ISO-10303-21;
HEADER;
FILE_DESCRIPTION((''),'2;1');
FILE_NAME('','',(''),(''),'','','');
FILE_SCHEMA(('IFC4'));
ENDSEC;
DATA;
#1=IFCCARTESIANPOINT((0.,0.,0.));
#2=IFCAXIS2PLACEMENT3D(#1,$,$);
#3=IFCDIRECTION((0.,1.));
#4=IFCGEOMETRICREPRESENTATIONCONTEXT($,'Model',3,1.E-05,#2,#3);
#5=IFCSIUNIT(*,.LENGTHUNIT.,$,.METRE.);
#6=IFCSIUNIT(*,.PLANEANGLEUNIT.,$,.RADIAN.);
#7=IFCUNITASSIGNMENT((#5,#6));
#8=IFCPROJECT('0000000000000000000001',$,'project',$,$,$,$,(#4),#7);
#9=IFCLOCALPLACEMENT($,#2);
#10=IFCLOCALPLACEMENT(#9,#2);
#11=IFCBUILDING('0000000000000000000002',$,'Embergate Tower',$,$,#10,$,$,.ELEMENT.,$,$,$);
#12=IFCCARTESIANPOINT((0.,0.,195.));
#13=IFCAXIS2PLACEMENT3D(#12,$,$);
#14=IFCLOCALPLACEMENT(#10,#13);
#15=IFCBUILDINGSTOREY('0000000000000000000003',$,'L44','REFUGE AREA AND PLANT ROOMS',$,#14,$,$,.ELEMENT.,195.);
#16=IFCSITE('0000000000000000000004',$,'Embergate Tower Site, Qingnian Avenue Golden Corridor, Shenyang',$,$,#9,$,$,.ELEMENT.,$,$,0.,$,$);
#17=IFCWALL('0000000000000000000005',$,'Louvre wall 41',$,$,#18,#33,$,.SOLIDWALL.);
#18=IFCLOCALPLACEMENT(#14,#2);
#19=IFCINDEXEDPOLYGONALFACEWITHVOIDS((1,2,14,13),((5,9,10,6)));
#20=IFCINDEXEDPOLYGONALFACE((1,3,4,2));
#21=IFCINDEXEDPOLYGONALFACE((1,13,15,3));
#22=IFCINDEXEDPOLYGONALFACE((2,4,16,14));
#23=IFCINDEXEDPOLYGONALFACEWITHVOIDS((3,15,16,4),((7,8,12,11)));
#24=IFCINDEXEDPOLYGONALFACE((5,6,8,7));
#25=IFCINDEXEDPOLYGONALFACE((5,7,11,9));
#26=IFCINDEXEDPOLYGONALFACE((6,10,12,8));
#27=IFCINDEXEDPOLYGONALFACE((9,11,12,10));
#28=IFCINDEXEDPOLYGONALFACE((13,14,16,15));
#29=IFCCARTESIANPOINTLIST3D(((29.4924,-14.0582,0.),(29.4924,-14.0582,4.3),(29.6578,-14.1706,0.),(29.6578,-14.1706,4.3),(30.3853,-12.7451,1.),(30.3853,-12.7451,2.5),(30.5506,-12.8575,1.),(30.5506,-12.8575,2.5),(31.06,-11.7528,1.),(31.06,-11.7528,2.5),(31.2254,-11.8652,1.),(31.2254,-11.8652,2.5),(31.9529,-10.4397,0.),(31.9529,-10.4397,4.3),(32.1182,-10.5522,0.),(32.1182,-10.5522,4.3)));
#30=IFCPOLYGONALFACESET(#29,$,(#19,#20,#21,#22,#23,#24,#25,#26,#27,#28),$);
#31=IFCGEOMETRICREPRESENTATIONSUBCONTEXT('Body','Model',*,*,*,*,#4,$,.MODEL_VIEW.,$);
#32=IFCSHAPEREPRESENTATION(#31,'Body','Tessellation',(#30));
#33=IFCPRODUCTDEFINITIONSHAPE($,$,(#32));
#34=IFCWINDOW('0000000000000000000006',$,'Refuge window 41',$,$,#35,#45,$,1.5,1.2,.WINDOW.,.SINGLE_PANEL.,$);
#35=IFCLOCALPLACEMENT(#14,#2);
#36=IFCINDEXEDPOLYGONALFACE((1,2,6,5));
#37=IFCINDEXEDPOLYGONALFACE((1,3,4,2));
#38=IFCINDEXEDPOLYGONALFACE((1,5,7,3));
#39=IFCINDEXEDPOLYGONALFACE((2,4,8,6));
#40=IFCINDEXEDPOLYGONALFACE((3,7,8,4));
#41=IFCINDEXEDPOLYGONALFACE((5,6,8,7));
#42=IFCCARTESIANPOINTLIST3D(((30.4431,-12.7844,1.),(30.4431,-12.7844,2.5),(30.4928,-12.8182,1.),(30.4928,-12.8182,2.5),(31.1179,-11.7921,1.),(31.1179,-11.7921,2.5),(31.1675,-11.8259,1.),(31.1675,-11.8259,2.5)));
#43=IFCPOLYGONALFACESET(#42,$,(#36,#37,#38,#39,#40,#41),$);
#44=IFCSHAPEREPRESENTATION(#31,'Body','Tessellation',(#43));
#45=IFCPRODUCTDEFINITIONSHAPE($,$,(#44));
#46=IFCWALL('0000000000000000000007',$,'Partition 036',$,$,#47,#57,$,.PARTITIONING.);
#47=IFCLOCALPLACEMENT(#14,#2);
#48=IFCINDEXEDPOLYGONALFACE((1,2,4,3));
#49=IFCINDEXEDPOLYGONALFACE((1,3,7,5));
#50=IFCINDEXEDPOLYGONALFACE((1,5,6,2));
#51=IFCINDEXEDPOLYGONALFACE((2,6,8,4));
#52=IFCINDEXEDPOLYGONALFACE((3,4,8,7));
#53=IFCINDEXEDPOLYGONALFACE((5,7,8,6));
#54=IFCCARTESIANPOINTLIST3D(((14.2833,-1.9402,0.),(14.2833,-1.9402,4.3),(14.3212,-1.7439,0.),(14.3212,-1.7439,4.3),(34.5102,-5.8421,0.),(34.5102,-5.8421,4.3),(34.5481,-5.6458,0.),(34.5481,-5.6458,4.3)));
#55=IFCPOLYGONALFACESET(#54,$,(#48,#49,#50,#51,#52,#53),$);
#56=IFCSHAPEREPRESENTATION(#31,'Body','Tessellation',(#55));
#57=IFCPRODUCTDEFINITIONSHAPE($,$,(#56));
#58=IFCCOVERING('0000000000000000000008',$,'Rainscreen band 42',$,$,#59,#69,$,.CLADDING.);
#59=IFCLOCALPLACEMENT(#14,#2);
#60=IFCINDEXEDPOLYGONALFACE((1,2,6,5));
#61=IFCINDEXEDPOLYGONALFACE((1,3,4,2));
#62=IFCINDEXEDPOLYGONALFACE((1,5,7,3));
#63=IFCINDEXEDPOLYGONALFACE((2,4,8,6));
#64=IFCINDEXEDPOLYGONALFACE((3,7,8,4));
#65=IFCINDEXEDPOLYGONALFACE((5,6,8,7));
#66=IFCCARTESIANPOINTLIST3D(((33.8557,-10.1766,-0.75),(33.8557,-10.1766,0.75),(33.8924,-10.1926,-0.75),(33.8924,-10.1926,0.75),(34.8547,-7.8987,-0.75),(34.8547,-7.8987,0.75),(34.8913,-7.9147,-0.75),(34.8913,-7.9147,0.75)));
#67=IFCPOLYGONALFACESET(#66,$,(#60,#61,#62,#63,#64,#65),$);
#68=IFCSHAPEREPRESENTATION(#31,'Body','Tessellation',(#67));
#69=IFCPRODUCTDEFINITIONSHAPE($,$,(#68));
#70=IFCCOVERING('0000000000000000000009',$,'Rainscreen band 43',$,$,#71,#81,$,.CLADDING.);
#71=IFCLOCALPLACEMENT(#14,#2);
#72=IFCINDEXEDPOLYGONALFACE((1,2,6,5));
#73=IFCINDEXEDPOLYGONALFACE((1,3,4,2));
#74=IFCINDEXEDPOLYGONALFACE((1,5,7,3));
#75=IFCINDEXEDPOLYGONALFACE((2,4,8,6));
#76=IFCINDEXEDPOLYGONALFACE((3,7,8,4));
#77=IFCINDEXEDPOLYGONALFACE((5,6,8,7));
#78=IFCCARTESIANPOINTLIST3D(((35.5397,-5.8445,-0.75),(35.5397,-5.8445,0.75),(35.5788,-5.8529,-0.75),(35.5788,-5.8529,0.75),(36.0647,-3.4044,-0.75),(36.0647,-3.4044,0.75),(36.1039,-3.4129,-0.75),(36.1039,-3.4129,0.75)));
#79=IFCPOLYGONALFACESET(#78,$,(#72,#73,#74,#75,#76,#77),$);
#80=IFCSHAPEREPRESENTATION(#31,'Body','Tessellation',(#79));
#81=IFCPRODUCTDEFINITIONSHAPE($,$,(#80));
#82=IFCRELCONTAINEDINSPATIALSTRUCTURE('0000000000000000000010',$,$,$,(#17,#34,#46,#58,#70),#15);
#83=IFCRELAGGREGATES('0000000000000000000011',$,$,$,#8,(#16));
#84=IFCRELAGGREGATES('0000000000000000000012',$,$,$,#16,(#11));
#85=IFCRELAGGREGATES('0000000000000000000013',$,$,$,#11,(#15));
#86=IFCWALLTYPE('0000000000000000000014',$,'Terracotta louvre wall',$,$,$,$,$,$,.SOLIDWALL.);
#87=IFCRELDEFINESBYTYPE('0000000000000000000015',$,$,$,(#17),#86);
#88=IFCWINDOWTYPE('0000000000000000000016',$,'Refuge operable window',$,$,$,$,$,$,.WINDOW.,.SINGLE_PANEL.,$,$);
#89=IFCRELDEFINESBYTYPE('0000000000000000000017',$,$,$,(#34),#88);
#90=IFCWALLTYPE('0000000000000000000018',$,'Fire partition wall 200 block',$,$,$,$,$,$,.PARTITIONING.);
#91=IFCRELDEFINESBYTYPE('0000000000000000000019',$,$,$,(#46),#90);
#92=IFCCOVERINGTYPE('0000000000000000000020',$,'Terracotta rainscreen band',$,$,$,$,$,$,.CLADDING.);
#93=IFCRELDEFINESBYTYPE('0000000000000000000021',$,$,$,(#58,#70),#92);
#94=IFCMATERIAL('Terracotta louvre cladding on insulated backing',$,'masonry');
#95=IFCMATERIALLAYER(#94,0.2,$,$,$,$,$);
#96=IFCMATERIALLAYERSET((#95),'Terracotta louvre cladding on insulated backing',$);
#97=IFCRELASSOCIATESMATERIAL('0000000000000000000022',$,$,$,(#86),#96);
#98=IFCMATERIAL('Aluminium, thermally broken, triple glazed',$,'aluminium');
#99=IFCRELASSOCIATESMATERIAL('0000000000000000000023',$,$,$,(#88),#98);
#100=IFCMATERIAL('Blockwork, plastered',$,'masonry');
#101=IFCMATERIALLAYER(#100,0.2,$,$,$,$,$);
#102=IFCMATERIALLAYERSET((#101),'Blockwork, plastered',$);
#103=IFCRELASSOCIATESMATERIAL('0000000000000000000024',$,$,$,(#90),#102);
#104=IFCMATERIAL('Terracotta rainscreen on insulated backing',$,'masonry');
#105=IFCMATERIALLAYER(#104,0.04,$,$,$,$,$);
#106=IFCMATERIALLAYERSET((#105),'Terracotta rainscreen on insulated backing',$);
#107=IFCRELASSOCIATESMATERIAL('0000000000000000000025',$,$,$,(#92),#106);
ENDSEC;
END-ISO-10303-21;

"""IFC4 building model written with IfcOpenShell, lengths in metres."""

from ifc_helpers import new_model, si_unit, direction, frame, frame_2d, origin, origin_2d, place, context, subcontext, project, spatial, rectangle, extrude, source, transform, mapped, material, layer, layer_set, type_object, element, fill, save


model = new_model("IFC4")

# Units and contexts
model_context = context("Model", 3, precision=1e-05, world=origin(), true_north=direction((0.0, 1.0)))
body_context = subcontext(model_context, "Body", "Model", "MODEL_VIEW")
ifc_project = project(units=[si_unit("LENGTHUNIT", "METRE"), si_unit("PLANEANGLEUNIT", "RADIAN")], contexts=[model_context])

# Site, building, storey
site_placement = place(None, origin())
site = spatial("IfcSite", under=ifc_project, at=site_placement, Name="Embergate Tower Site, Qingnian Avenue Golden Corridor, Shenyang", CompositionType="ELEMENT", RefElevation=0.0)
building_placement = place(site_placement, origin())
building = spatial("IfcBuilding", under=site, at=building_placement, Name="Embergate Tower", CompositionType="ELEMENT")
storey_placement = place(building_placement, frame((0.0, 0.0, 195.0)))
storey = spatial("IfcBuildingStorey", under=building, at=storey_placement, Name="L44", Description="REFUGE AREA AND PLANT ROOMS", CompositionType="ELEMENT", Elevation=195.0)

# Wall, opening, window
ifc_material_1 = material(Name="Terracotta louvre cladding on insulated backing", Category="masonry")
ifc_layer_1 = layer(ifc_material_1, 0.2)
ifc_layer_set_1 = layer_set([ifc_layer_1], Name="Terracotta louvre cladding on insulated backing")
wall_type_1 = type_object("IfcWallType", Name="Terracotta louvre wall", PredefinedType="SOLIDWALL", material=ifc_layer_set_1)
shared_shape_1 = source(origin(), body_context, "Body", "SweptSolid", [
    extrude(rectangle(XDim=1.2, YDim=1.5, at=frame_2d((0.6001, 0.75))), frame((0.0, 0.1099, 0.0), z_axis=(0.0, -1.0, 0.0), x_axis=(1.0, 0.0, 0.0)), (0.0, 0.0, 1.0), 0.22),
])
ifc_material_2 = material(Name="Aluminium, thermally broken, triple glazed", Category="aluminium")
window_type = type_object("IfcWindowType", Name="Refuge operable window", PartitioningType="SINGLE_PANEL", PredefinedType="WINDOW", material=ifc_material_2)
shared_shape_2 = source(origin(), body_context, "Body", "SweptSolid", [
    extrude(rectangle(XDim=1.2, YDim=1.5, at=frame_2d((0.6001, 0.75))), frame((0.0, 0.03, 0.0), z_axis=(0.0, -1.0, 0.0), x_axis=(1.0, 0.0, 0.0)), (0.0, 0.0, 1.0), 0.0601),
])
shared_shape_3 = source(origin(), body_context, "Body", "SweptSolid", [
    extrude(rectangle(XDim=4.3757, YDim=0.2, at=frame_2d((2.188, 0.0))), origin(), (0.0, 0.0, 1.0), 4.3),
])
wall_1_placement = place(storey_placement, frame((32.0356, -10.4958, 0.0), z_axis=(0.0, 0.0, 1.0), x_axis=(-0.562299, -0.826934, 0.0)))
wall_1 = element("IfcWall", 1, at=wall_1_placement, inside=storey, type_object=wall_type_1, Name="Louvre wall 41", PredefinedType="SOLIDWALL", context=body_context, shape_type="MappedRepresentation", body=[
    mapped(shared_shape_3, transform((0.0, 0.0, 0.0))),
])
opening_1_placement = place(wall_1_placement, frame((1.5879, 0.0, 1.0)))
opening_1 = element("IfcOpeningElement", 2, at=opening_1_placement, cuts=wall_1, PredefinedType="OPENING", context=body_context, shape_type="MappedRepresentation", body=[
    mapped(shared_shape_1, transform((0.0, 0.0, 0.0))),
])
window_1_placement = place(opening_1_placement, origin())
window_1 = element("IfcWindow", 3, at=window_1_placement, inside=storey, type_object=window_type, Name="Refuge window 41", OverallHeight=1.5, OverallWidth=1.2, PartitioningType="SINGLE_PANEL", PredefinedType="WINDOW", context=body_context, shape_type="MappedRepresentation", body=[
    mapped(shared_shape_2, transform((0.0, 0.0, 0.0))),
])
fill(opening_1, window_1)

# Wall
ifc_material_3 = material(Name="Blockwork, plastered", Category="masonry")
ifc_layer_2 = layer(ifc_material_3, 0.2)
ifc_layer_set_2 = layer_set([ifc_layer_2], Name="Blockwork, plastered")
wall_type_2 = type_object("IfcWallType", Name="Fire partition wall 200 block", PredefinedType="PARTITIONING", material=ifc_layer_set_2)
shared_shape_4 = source(origin(), body_context, "Body", "SweptSolid", [
    extrude(rectangle(XDim=20.5999, YDim=0.2, at=frame_2d((10.2998, 0.0))), origin(), (0.0, 0.0, 1.0), 4.3),
])
wall_2_placement = place(storey_placement, frame((34.5291, -5.7439, 0.0), z_axis=(0.0, 0.0, 1.0), x_axis=(-0.981898, 0.189411, 0.0)))
element("IfcWall", 4, at=wall_2_placement, inside=storey, type_object=wall_type_2, Name="Partition 036", PredefinedType="PARTITIONING", context=body_context, shape_type="MappedRepresentation", body=[
    mapped(shared_shape_4, transform((0.0, 0.0, 0.0))),
])

# Coverings
ifc_material_4 = material(Name="Terracotta rainscreen on insulated backing", Category="masonry")
ifc_layer_3 = layer(ifc_material_4, 0.04)
ifc_layer_set_3 = layer_set([ifc_layer_3], Name="Terracotta rainscreen on insulated backing")
covering_type = type_object("IfcCoveringType", Name="Terracotta rainscreen band", PredefinedType="CLADDING", material=ifc_layer_set_3)
shared_shape_5 = source(origin(), body_context, "Body", "SweptSolid", [
    extrude(rectangle(XDim=2.4873, YDim=0.04, at=origin_2d()), origin(), (0.0, 0.0, 1.0), 1.5),
])
covering_1_placement = place(storey_placement, frame((34.3735, -9.0457, -0.75), z_axis=(0.0, 0.0, 1.0), x_axis=(0.40162, 0.915806, 0.0)))
element("IfcCovering", 5, at=covering_1_placement, inside=storey, type_object=covering_type, Name="Rainscreen band 42", PredefinedType="CLADDING", context=body_context, shape_type="MappedRepresentation", body=[
    mapped(shared_shape_5, transform((0.0, 0.0, 0.0))),
])
shared_shape_6 = source(origin(), body_context, "Body", "SweptSolid", [
    extrude(rectangle(XDim=2.4958, YDim=0.04, at=origin_2d()), origin(), (0.0, 0.0, 1.0), 1.5),
])
covering_2_placement = place(storey_placement, frame((35.8218, -4.6287, -0.75), z_axis=(0.0, 0.0, 1.0), x_axis=(0.210351, 0.977626, 0.0)))
element("IfcCovering", 6, at=covering_2_placement, inside=storey, type_object=covering_type, Name="Rainscreen band 43", PredefinedType="CLADDING", context=body_context, shape_type="MappedRepresentation", body=[
    mapped(shared_shape_6, transform((0.0, 0.0, 0.0))),
])

save(model, "model.ifc")
